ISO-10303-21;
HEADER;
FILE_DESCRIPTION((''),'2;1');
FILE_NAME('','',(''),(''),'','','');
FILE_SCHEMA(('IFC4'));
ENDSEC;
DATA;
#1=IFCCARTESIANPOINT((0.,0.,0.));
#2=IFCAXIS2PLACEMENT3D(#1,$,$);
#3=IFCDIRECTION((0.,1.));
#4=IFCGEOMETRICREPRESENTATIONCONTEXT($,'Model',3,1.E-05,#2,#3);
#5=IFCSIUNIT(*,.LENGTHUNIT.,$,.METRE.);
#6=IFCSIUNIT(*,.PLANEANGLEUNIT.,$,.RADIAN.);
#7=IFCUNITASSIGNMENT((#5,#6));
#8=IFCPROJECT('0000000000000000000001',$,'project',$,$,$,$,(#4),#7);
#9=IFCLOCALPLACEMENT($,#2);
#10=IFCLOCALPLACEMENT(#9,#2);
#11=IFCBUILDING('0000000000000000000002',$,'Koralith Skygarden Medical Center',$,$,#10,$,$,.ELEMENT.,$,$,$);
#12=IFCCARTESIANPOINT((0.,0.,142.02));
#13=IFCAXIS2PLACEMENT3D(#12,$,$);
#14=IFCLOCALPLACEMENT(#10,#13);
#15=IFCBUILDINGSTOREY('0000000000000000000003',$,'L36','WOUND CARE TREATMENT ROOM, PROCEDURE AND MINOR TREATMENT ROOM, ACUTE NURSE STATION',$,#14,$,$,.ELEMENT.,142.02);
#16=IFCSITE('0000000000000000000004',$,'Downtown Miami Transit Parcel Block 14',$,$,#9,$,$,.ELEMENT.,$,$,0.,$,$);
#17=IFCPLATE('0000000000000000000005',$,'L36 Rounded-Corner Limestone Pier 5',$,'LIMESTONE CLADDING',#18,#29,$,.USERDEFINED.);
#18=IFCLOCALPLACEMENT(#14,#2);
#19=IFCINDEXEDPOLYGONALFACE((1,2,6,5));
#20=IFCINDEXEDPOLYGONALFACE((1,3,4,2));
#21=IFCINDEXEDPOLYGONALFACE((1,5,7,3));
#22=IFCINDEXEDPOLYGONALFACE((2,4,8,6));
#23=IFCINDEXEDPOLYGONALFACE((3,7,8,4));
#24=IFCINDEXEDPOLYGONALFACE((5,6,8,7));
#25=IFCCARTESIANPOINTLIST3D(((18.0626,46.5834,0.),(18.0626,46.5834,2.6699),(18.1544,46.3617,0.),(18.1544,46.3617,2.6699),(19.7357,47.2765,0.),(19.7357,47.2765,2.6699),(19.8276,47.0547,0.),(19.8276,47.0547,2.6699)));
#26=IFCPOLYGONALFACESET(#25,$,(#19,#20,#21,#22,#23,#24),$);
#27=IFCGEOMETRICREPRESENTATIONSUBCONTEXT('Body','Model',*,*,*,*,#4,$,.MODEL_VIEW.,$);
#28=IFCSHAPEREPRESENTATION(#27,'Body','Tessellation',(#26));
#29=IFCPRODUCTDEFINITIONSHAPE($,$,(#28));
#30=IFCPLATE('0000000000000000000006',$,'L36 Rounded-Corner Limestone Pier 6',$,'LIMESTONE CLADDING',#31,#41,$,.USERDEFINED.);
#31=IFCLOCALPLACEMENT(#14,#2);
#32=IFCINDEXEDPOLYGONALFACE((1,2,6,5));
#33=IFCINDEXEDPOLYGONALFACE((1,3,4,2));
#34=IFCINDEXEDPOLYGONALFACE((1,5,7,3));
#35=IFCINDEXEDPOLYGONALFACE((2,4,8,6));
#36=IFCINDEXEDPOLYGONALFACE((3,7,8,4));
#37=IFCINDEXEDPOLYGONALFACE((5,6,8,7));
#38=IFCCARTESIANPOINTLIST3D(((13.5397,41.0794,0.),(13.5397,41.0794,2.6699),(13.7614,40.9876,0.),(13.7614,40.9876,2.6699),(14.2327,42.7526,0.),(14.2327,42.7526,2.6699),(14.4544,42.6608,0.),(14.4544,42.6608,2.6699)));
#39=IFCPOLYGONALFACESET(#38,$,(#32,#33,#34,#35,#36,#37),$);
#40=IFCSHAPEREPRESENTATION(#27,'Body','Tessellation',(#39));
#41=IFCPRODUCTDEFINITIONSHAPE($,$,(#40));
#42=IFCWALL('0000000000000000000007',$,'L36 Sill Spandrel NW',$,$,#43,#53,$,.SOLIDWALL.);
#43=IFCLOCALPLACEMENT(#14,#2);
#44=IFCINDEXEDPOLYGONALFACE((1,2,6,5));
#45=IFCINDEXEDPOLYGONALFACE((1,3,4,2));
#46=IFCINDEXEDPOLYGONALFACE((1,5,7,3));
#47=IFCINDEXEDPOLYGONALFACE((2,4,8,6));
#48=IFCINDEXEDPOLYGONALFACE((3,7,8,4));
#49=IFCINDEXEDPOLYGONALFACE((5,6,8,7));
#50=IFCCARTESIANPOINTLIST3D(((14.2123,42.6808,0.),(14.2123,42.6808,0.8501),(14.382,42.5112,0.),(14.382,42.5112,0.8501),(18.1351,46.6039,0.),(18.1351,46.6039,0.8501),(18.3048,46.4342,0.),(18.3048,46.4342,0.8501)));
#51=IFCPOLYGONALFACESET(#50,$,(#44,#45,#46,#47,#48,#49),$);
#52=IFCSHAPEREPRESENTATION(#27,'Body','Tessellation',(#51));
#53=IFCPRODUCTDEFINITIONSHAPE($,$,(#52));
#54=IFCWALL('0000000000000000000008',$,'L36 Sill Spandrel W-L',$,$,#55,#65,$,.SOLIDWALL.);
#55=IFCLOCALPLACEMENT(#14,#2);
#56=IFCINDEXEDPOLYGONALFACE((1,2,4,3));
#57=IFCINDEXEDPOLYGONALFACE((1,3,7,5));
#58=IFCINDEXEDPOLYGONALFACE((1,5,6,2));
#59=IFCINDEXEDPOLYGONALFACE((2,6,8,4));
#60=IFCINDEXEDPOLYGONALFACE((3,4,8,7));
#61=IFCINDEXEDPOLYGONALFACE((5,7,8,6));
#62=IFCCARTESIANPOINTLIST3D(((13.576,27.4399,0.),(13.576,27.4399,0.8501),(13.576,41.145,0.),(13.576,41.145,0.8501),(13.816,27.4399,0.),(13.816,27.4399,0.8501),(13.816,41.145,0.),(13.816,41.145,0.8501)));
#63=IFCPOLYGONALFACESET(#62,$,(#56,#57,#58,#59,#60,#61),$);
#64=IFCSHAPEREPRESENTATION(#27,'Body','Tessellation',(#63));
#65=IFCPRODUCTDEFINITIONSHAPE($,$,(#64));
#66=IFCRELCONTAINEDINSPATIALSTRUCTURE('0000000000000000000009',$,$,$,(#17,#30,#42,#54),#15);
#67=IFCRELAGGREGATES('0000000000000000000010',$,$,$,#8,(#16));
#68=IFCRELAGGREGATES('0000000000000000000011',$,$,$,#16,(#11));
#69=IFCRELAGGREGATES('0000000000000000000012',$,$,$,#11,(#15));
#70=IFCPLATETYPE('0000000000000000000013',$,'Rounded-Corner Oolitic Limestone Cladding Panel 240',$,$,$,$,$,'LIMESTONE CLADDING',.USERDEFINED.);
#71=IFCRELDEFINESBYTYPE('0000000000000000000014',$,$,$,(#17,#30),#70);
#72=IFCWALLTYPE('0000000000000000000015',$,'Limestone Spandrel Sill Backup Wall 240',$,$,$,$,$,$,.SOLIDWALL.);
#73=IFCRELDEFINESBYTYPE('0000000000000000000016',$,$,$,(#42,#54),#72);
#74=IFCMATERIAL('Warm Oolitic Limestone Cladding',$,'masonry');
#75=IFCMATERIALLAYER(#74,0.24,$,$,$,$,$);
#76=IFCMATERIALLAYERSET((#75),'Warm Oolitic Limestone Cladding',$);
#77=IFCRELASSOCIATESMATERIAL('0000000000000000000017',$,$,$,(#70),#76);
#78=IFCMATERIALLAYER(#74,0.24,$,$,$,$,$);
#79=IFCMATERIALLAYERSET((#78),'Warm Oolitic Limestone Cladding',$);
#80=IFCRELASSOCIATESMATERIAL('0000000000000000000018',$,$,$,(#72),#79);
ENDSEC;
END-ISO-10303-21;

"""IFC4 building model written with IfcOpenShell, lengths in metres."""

from ifc_helpers import new_model, si_unit, direction, frame, frame_2d, origin, origin_2d, place, context, subcontext, project, spatial, rectangle, extrude, material, layer, layer_set, type_object, element, save


model = new_model("IFC4")

# Units and contexts
model_context = context("Model", 3, precision=1e-05, world=origin(), true_north=direction((0.0, 1.0)))
body_context = subcontext(model_context, "Body", "Model", "MODEL_VIEW")
ifc_project = project(units=[si_unit("LENGTHUNIT", "METRE"), si_unit("PLANEANGLEUNIT", "RADIAN")], contexts=[model_context])

# Site, building, storey
site_placement = place(None, origin())
site = spatial("IfcSite", under=ifc_project, at=site_placement, Name="Downtown Miami Transit Parcel Block 14", CompositionType="ELEMENT", RefElevation=0.0)
building_placement = place(site_placement, origin())
building = spatial("IfcBuilding", under=site, at=building_placement, Name="Koralith Skygarden Medical Center", CompositionType="ELEMENT")
storey_placement = place(building_placement, frame((0.0, 0.0, 142.02)))
storey = spatial("IfcBuildingStorey", under=building, at=storey_placement, Name="L36", Description="WOUND CARE TREATMENT ROOM, PROCEDURE AND MINOR TREATMENT ROOM, ACUTE NURSE STATION", CompositionType="ELEMENT", Elevation=142.02)

# Plates
ifc_material_1 = material(Name="Warm Oolitic Limestone Cladding", Category="masonry")
ifc_layer_1 = layer(ifc_material_1, 0.24)
ifc_layer_set_1 = layer_set([ifc_layer_1], Name="Warm Oolitic Limestone Cladding")
plate_type_1 = type_object("IfcPlateType", Name="Rounded-Corner Oolitic Limestone Cladding Panel 240", ElementType="LIMESTONE CLADDING", PredefinedType="USERDEFINED", material=ifc_layer_set_1)
for number, where, z_axis, x_axis, name in (
    (1, (18.9451, 46.8191, 0.0), (0.0, 0.0, 1.0), (-0.923885, -0.382671, 0.0), "L36 Rounded-Corner Limestone Pier 5"),
    (2, (13.9971, 41.8701, 0.0), (0.0, 0.0, 1.0), (-0.382671, -0.923885, 0.0), "L36 Rounded-Corner Limestone Pier 6"),
):
    element("IfcPlate", number, at=place(storey_placement, frame(where, z_axis=z_axis, x_axis=x_axis)), inside=storey, type_object=plate_type_1, Name=name, ObjectType="LIMESTONE CLADDING", PredefinedType="USERDEFINED", context=body_context, shape_type="SweptSolid", body=[
        extrude(rectangle(XDim=1.811, YDim=0.24, at=origin_2d()), origin(), (0.0, 0.0, 1.0), 2.6699),
    ])

# Walls
ifc_layer_2 = layer(ifc_material_1, 0.24)
ifc_layer_set_2 = layer_set([ifc_layer_2], Name="Warm Oolitic Limestone Cladding")
wall_type = type_object("IfcWallType", Name="Limestone Spandrel Sill Backup Wall 240", PredefinedType="SOLIDWALL", material=ifc_layer_set_2)
wall_1_placement = place(storey_placement, frame((18.22, 46.519, 0.0), z_axis=(0.0, 0.0, 1.0), x_axis=(-0.707085, -0.707129, 0.0)))
element("IfcWall", 3, at=wall_1_placement, inside=storey, type_object=wall_type, Name="L36 Sill Spandrel NW", PredefinedType="SOLIDWALL", context=body_context, shape_type="SweptSolid", body=[
    extrude(rectangle(XDim=5.5479, YDim=0.24, at=frame_2d((2.7739, 0.0))), origin(), (0.0, 0.0, 1.0), 0.8501),
])
wall_2_placement = place(storey_placement, frame((13.696, 41.145, 0.0), z_axis=(0.0, 0.0, 1.0), x_axis=(0.0, -1.0, 0.0)))
element("IfcWall", 4, at=wall_2_placement, inside=storey, type_object=wall_type, Name="L36 Sill Spandrel W-L", PredefinedType="SOLIDWALL", context=body_context, shape_type="SweptSolid", body=[
    extrude(rectangle(XDim=13.7051, YDim=0.24, at=frame_2d((6.8525, 0.0))), origin(), (0.0, 0.0, 1.0), 0.8501),
])

save(model, "model.ifc")
